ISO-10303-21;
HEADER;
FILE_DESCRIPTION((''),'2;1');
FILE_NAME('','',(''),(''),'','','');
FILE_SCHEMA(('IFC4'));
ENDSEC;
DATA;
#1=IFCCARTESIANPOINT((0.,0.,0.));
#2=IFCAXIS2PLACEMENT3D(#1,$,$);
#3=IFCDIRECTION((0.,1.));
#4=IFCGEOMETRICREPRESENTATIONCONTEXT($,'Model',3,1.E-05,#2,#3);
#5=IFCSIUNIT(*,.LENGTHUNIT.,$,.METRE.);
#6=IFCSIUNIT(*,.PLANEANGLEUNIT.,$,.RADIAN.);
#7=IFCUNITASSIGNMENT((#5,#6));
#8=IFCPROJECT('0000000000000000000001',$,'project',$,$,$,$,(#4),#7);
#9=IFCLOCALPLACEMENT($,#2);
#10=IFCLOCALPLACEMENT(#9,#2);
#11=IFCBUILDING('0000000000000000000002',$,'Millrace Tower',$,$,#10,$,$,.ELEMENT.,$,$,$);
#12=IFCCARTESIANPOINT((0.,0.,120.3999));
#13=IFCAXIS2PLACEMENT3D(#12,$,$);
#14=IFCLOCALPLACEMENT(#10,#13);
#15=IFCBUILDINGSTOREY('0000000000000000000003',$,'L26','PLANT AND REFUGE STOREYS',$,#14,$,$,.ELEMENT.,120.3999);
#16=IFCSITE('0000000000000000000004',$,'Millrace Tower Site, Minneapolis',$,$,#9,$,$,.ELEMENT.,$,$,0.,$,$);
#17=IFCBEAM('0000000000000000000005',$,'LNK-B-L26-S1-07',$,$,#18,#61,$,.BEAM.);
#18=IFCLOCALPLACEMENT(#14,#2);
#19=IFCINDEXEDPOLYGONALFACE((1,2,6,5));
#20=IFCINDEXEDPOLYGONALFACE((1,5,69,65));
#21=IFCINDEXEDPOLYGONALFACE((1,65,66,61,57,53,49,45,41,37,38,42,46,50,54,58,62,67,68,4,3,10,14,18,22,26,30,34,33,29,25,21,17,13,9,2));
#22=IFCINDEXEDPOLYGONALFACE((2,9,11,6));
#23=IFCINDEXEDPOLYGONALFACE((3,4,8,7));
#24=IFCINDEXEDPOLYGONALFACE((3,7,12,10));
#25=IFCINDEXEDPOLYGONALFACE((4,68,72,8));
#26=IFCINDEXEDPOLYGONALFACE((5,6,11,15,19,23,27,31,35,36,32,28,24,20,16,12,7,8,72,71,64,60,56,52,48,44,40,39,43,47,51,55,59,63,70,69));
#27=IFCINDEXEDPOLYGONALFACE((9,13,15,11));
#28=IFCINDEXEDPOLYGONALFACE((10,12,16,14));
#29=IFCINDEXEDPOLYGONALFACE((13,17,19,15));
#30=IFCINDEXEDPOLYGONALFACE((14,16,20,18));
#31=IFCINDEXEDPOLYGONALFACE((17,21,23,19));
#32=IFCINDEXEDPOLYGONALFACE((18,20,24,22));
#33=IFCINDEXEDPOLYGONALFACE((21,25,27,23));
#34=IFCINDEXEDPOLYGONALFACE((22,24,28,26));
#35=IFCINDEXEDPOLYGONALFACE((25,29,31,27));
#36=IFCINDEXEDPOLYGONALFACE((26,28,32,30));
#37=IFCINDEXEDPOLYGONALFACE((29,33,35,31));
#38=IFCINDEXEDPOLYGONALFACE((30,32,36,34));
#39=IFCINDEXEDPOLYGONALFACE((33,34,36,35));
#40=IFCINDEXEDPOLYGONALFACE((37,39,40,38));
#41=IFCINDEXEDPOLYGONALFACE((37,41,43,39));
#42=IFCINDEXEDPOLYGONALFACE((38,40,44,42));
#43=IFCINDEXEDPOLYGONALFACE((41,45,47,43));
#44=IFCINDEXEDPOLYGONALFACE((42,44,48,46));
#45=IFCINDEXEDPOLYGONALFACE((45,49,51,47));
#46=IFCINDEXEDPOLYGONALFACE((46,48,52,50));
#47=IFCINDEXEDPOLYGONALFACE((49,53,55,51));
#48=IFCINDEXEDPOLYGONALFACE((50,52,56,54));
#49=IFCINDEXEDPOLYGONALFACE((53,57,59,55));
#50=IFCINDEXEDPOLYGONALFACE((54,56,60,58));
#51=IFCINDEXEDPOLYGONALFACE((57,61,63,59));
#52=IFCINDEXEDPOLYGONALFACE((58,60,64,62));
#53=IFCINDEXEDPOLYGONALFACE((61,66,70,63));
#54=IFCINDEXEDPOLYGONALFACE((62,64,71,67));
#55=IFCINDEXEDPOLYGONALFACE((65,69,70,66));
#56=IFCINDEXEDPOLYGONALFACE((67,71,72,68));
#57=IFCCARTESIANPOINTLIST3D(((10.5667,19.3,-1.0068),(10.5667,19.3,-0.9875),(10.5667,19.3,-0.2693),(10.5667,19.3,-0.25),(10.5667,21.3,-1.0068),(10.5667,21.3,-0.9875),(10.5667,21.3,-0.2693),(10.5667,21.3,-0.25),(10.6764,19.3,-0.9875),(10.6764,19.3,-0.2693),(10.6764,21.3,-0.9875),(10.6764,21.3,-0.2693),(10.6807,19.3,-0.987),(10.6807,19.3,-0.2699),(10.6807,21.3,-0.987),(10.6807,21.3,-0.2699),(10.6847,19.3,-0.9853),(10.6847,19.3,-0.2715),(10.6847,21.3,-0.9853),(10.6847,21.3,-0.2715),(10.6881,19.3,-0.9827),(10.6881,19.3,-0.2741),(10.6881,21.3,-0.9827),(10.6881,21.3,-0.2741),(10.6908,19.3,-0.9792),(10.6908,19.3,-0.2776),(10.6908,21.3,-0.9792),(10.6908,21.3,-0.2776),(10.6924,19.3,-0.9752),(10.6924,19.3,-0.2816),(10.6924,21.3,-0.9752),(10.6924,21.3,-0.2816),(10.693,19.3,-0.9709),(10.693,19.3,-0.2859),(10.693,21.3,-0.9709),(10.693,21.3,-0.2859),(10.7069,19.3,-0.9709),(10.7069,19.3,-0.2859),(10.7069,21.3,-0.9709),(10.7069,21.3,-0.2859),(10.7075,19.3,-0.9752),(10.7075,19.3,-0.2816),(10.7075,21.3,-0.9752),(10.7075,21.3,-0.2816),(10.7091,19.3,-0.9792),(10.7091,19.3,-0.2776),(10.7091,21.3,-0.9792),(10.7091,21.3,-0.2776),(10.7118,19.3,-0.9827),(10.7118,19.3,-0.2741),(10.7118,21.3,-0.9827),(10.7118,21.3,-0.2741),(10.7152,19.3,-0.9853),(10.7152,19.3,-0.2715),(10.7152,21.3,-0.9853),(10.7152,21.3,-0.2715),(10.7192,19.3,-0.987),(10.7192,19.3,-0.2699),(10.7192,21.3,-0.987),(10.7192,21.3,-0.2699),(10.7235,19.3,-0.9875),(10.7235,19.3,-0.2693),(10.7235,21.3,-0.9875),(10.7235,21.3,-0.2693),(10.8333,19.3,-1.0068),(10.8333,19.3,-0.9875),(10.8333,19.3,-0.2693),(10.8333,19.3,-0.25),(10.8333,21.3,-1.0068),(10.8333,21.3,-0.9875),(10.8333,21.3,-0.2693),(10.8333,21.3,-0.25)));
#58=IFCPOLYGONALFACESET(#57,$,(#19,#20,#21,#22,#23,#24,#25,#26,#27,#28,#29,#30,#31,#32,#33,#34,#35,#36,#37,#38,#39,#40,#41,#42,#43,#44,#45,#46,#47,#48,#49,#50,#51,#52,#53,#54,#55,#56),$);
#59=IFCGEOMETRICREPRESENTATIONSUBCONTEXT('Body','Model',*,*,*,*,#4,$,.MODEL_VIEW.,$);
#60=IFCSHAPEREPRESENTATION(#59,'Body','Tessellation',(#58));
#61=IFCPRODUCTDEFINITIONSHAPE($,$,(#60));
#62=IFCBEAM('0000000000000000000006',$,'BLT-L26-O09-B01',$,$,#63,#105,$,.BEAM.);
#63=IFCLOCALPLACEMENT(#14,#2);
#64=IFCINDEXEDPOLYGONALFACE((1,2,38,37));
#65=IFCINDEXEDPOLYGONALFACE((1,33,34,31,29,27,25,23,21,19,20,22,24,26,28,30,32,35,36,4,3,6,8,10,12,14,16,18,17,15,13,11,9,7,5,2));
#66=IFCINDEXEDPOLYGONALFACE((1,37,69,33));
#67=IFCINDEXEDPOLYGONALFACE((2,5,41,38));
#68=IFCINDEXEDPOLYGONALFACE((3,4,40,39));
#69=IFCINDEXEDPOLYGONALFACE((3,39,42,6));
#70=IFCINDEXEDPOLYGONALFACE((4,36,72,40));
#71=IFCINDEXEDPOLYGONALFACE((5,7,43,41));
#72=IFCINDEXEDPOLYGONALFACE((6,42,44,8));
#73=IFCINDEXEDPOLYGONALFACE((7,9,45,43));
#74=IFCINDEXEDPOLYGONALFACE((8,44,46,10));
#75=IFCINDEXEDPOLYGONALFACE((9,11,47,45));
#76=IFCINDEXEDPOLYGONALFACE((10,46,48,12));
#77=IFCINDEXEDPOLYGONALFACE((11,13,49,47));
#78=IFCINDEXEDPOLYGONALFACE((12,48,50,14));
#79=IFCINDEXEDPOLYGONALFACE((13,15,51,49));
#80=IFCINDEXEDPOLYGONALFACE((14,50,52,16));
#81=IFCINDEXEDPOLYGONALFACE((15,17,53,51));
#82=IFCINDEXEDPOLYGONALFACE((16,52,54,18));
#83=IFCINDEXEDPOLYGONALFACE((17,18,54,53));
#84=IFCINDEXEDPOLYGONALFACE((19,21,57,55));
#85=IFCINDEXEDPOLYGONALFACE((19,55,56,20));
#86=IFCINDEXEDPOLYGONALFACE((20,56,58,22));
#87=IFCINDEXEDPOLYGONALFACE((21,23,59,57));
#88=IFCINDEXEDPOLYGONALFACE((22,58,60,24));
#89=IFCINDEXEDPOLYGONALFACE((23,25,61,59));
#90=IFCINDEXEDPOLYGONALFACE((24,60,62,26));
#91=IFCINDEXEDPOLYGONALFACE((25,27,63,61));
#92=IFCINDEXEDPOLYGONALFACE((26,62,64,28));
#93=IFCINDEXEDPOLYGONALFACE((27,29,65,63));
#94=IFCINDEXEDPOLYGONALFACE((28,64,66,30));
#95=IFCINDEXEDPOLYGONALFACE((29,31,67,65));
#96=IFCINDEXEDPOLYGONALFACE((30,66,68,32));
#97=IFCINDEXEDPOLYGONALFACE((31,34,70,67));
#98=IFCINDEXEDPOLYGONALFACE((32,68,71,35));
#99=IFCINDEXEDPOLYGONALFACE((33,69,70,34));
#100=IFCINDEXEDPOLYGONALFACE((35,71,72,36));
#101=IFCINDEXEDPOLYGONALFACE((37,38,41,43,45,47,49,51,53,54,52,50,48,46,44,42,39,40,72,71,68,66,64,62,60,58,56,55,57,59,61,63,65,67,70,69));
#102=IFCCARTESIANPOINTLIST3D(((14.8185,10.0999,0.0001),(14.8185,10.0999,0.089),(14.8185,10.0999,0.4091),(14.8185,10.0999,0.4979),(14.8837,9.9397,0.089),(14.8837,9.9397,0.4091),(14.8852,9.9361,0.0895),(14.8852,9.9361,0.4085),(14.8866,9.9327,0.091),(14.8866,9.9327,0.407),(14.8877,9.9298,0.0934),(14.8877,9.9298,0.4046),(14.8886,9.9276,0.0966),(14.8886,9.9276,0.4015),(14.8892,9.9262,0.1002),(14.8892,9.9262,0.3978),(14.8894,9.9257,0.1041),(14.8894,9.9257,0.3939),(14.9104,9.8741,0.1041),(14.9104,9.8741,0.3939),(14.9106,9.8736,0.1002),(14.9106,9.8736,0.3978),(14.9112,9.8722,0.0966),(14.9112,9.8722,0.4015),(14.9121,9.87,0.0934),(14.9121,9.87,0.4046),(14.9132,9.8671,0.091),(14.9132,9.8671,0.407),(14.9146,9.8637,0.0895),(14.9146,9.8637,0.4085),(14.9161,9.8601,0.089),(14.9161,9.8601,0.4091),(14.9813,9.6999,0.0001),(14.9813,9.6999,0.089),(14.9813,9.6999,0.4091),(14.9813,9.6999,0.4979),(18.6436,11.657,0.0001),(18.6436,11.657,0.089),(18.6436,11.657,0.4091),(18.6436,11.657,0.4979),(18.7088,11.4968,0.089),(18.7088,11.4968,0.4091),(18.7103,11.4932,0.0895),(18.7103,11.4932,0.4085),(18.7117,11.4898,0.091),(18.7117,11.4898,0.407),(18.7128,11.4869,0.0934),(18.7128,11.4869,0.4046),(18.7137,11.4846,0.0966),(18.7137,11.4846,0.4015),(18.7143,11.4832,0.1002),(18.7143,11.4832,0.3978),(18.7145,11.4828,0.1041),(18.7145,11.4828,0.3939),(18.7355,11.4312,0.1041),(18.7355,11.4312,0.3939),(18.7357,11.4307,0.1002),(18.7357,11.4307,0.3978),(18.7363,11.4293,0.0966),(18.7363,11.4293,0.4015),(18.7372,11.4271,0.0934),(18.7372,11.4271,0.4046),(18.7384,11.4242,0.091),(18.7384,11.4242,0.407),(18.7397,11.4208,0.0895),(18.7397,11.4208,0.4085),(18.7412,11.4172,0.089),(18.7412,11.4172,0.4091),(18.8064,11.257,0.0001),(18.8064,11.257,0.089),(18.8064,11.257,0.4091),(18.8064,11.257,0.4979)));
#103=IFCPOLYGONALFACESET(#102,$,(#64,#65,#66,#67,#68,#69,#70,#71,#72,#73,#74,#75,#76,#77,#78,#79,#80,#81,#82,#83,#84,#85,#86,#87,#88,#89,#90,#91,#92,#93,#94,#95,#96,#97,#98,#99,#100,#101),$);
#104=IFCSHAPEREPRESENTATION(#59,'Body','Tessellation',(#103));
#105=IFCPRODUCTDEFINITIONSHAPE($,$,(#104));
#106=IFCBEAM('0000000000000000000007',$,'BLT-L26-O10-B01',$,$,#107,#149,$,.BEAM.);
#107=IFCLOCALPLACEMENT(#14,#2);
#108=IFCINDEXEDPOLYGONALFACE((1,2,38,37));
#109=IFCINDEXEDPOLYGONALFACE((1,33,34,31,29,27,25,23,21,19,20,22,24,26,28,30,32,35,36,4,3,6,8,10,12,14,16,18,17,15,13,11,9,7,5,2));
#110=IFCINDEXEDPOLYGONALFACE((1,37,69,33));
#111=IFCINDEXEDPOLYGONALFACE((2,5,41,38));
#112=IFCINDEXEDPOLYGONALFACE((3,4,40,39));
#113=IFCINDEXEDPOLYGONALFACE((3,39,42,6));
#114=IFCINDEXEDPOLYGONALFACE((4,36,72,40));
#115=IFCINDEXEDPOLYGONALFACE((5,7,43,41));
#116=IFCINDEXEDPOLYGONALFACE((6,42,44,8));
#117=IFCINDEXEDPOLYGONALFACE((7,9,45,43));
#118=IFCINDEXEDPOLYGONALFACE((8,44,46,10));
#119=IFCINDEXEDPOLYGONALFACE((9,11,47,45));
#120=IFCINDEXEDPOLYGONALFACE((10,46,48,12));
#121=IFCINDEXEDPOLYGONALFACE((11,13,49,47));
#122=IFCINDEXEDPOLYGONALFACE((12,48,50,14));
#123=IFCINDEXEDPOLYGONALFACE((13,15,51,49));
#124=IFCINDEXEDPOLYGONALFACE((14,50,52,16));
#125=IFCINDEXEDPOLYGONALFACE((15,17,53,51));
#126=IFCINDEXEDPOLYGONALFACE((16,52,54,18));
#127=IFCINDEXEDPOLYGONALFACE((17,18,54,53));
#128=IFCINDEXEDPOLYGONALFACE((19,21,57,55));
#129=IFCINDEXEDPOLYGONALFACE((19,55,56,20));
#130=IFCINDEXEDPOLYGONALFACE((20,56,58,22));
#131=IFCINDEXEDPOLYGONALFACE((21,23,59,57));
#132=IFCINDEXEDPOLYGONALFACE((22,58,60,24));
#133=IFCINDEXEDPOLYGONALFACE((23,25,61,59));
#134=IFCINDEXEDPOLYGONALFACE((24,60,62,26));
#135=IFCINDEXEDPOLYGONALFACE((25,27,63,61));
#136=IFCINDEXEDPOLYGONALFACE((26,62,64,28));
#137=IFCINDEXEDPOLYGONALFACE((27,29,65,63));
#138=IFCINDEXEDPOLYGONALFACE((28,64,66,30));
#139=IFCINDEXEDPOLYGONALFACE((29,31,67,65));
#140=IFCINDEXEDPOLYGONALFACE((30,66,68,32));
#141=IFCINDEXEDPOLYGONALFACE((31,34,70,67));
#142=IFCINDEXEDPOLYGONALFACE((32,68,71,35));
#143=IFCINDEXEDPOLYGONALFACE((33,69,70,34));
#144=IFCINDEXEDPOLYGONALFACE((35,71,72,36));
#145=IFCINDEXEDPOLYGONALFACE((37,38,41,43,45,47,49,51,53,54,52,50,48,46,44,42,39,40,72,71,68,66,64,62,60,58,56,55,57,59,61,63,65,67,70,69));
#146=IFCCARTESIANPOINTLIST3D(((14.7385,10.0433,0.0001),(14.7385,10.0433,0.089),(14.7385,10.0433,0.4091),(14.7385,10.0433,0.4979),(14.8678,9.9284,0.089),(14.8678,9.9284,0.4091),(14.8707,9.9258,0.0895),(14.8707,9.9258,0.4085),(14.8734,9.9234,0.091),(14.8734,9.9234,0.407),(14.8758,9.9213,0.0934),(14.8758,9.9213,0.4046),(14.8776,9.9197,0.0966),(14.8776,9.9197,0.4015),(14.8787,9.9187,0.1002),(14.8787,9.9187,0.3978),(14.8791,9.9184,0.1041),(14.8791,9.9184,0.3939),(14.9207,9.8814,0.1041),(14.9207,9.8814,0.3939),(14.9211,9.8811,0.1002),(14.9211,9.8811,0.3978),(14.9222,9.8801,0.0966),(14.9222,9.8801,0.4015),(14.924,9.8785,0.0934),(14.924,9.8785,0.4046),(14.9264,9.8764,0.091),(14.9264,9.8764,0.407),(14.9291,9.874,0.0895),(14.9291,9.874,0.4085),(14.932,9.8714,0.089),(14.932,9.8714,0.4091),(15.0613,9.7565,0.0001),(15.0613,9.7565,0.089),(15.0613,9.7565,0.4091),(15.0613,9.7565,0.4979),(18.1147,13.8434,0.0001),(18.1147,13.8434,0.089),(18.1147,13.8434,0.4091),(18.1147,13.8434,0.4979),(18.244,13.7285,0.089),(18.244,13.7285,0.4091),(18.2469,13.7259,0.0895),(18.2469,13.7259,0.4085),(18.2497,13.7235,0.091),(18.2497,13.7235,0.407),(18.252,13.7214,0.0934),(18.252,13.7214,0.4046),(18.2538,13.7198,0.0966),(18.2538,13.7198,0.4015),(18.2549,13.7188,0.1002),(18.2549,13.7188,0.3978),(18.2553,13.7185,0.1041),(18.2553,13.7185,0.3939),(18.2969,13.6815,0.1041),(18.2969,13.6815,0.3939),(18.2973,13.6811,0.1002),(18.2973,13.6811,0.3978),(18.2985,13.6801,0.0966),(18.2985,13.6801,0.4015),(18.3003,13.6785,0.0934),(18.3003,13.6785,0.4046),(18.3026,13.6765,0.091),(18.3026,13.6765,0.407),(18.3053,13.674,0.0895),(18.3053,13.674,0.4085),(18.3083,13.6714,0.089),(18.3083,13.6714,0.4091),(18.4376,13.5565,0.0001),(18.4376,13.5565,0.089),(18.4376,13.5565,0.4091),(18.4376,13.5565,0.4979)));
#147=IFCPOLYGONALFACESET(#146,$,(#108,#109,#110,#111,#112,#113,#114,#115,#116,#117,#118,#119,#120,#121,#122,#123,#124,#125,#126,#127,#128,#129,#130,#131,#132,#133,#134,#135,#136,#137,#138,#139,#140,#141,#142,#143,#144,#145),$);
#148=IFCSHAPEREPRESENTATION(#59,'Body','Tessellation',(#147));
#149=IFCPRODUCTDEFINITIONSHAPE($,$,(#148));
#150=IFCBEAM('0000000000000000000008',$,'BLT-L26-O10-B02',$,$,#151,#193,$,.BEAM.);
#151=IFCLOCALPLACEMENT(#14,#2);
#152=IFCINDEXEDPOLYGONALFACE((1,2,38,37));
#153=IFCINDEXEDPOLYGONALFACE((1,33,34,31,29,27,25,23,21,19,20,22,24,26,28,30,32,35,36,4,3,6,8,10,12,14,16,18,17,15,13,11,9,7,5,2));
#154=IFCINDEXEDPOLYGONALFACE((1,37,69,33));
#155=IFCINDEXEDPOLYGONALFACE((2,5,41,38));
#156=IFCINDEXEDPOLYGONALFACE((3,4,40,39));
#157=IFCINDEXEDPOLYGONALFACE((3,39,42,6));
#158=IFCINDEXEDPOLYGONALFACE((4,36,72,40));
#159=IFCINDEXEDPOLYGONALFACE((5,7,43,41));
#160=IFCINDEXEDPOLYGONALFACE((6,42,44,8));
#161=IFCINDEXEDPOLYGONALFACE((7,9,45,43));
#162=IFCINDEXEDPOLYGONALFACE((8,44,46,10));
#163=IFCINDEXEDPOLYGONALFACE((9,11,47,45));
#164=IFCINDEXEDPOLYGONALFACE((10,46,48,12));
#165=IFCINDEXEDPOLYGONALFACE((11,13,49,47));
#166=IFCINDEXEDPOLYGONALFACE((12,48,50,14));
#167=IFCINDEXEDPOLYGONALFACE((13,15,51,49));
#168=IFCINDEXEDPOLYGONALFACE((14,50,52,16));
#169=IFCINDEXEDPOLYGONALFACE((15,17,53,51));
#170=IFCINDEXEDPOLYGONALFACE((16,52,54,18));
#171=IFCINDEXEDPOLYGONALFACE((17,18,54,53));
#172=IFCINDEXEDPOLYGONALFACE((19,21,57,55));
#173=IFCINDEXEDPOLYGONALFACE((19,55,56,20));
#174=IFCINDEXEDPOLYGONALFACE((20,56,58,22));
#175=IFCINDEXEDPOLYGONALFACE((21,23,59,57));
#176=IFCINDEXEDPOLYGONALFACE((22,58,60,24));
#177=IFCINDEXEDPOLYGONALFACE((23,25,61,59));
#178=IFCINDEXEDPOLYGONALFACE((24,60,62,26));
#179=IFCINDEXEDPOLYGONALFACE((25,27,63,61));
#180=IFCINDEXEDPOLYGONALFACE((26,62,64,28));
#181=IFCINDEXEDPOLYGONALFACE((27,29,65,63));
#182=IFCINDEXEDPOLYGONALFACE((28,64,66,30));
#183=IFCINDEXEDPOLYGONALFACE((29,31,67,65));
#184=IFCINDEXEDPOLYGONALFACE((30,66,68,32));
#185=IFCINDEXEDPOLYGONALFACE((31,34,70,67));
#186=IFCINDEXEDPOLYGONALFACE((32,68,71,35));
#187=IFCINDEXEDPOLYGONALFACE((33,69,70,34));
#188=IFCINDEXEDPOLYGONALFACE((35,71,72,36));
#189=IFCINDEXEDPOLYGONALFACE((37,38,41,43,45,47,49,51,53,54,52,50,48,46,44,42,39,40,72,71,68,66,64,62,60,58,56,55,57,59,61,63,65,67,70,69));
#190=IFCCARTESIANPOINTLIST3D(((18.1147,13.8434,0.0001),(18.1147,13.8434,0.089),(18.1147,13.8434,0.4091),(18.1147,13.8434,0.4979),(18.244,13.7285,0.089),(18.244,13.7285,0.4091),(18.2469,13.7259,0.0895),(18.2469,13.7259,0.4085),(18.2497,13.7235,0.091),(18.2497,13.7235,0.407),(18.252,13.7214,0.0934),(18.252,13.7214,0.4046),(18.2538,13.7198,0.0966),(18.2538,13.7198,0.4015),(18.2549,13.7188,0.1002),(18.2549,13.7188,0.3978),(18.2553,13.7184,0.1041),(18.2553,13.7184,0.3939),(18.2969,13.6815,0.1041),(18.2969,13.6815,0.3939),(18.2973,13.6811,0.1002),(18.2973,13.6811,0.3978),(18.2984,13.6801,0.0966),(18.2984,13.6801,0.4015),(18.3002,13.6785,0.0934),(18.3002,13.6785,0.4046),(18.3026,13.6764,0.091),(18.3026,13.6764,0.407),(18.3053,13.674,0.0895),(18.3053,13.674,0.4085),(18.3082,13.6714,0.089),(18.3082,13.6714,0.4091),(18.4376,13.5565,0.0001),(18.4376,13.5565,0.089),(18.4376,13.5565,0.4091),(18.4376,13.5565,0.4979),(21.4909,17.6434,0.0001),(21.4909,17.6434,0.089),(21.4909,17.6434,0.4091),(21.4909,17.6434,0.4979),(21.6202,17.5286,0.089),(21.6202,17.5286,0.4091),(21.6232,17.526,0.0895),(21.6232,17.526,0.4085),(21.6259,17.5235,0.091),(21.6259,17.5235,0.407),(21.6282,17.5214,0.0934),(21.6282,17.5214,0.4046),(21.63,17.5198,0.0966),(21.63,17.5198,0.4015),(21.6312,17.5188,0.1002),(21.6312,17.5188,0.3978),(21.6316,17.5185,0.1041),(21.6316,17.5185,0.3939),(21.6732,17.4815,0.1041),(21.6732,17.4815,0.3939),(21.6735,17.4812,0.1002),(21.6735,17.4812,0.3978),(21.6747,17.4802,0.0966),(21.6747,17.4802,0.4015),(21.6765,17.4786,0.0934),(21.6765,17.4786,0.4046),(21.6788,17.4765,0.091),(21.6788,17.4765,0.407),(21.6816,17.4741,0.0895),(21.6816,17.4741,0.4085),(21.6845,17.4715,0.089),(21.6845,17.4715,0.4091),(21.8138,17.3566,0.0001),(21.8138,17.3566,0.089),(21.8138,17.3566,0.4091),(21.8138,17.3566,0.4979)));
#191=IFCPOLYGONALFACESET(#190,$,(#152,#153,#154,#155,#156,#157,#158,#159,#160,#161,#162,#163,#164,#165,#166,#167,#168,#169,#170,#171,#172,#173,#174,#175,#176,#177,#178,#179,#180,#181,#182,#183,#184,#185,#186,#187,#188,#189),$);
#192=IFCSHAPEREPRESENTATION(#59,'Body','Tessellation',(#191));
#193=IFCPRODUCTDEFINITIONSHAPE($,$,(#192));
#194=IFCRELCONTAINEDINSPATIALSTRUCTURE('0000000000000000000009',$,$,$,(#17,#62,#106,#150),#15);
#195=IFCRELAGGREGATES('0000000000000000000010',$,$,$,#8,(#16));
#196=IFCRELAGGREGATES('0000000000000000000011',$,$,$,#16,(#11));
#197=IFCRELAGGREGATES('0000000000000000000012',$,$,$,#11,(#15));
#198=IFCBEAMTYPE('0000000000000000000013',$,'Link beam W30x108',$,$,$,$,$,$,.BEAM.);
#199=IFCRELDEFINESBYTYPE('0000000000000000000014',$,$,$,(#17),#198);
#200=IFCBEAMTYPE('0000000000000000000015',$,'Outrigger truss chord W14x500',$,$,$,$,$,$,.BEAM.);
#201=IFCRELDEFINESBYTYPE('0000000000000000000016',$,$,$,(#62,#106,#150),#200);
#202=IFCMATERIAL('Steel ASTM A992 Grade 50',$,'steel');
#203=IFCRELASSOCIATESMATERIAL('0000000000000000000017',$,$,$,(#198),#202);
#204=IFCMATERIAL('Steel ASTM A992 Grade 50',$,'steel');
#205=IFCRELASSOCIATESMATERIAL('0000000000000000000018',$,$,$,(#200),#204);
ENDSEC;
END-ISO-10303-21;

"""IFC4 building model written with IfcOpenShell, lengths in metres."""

from ifc_helpers import new_model, si_unit, direction, frame, origin, origin_2d, place, context, subcontext, project, spatial, i_section, extrude, material, material_profile, profile_set, type_object, element, save


model = new_model("IFC4")

# Units and contexts
model_context = context("Model", 3, precision=1e-05, world=origin(), true_north=direction((0.0, 1.0)))
body_context = subcontext(model_context, "Body", "Model", "MODEL_VIEW")
ifc_project = project(units=[si_unit("LENGTHUNIT", "METRE"), si_unit("PLANEANGLEUNIT", "RADIAN")], contexts=[model_context])

# Site, building, storey
site_placement = place(None, origin())
site = spatial("IfcSite", under=ifc_project, at=site_placement, Name="Millrace Tower Site, Minneapolis", CompositionType="ELEMENT", RefElevation=0.0)
building_placement = place(site_placement, origin())
building = spatial("IfcBuilding", under=site, at=building_placement, Name="Millrace Tower", CompositionType="ELEMENT")
storey_placement = place(building_placement, frame((0.0, 0.0, 120.3999)))
storey = spatial("IfcBuildingStorey", under=building, at=storey_placement, Name="L26", Description="PLANT AND REFUGE STOREYS", CompositionType="ELEMENT", Elevation=120.3999)

# Beams
ifc_material_1 = material(Name="Steel ASTM A992 Grade 50", Category="steel")
ifc_material_profile_1 = material_profile(ifc_material_1, i_section(OverallWidth=0.2666, OverallDepth=0.7568, WebThickness=0.0139, FlangeThickness=0.0193, FilletRadius=0.0166, at=origin_2d()))
ifc_profile_set_1 = profile_set([ifc_material_profile_1], Name="Steel ASTM A992 Grade 50")
beam_type_1 = type_object("IfcBeamType", Name="Link beam W30x108", PredefinedType="BEAM", material=ifc_profile_set_1)
beam_1_placement = place(storey_placement, frame((10.7, 19.3, -0.6284), z_axis=(0.0, 1.0, 0.0), x_axis=(-1.0, 0.0, 0.0)))
element("IfcBeam", 1, at=beam_1_placement, inside=storey, type_object=beam_type_1, Name="LNK-B-L26-S1-07", PredefinedType="BEAM", context=body_context, shape_type="SweptSolid", body=[
    extrude(i_section(OverallWidth=0.2666, OverallDepth=0.7568, WebThickness=0.0139, FlangeThickness=0.0193, FilletRadius=0.0166, at=origin_2d()), origin(), (0.0, 0.0, 1.0), 2.0),
])
ifc_material_2 = material(Name="Steel ASTM A992 Grade 50", Category="steel")
ifc_material_profile_2 = material_profile(ifc_material_2, i_section(OverallWidth=0.4319, OverallDepth=0.4978, WebThickness=0.0557, FlangeThickness=0.0889, FilletRadius=0.0151, at=origin_2d()))
ifc_profile_set_2 = profile_set([ifc_material_profile_2], Name="Steel ASTM A992 Grade 50")
beam_type_2 = type_object("IfcBeamType", Name="Outrigger truss chord W14x500", PredefinedType="BEAM", material=ifc_profile_set_2)
beam_2_placement = place(storey_placement, frame((14.8999, 9.8999, 0.249), z_axis=(0.926201, 0.37703, 0.0), x_axis=(-0.37703, 0.926201, 0.0)))
element("IfcBeam", 2, at=beam_2_placement, inside=storey, type_object=beam_type_2, Name="BLT-L26-O09-B01", PredefinedType="BEAM", context=body_context, shape_type="SweptSolid", body=[
    extrude(i_section(OverallWidth=0.4319, OverallDepth=0.4978, WebThickness=0.0557, FlangeThickness=0.0889, FilletRadius=0.0151, at=origin_2d()), origin(), (0.0, 0.0, 1.0), 4.1299),
])
for number, where, z_axis, x_axis, name in (
    (3, (14.8999, 9.8999, 0.249), (0.664188, 0.747566, 0.0), (-0.747566, 0.664188, 0.0), "BLT-L26-O10-B01"),
    (4, (18.2761, 13.7, 0.249), (0.664188, 0.747566, 0.0), (-0.747566, 0.664188, 0.0), "BLT-L26-O10-B02"),
):
    element("IfcBeam", number, at=place(storey_placement, frame(where, z_axis=z_axis, x_axis=x_axis)), inside=storey, type_object=beam_type_2, Name=name, PredefinedType="BEAM", context=body_context, shape_type="SweptSolid", body=[
        extrude(i_section(OverallWidth=0.4319, OverallDepth=0.4978, WebThickness=0.0557, FlangeThickness=0.0889, FilletRadius=0.0151, at=origin_2d()), origin(), (0.0, 0.0, 1.0), 5.0833),
    ])

save(model, "model.ifc")
